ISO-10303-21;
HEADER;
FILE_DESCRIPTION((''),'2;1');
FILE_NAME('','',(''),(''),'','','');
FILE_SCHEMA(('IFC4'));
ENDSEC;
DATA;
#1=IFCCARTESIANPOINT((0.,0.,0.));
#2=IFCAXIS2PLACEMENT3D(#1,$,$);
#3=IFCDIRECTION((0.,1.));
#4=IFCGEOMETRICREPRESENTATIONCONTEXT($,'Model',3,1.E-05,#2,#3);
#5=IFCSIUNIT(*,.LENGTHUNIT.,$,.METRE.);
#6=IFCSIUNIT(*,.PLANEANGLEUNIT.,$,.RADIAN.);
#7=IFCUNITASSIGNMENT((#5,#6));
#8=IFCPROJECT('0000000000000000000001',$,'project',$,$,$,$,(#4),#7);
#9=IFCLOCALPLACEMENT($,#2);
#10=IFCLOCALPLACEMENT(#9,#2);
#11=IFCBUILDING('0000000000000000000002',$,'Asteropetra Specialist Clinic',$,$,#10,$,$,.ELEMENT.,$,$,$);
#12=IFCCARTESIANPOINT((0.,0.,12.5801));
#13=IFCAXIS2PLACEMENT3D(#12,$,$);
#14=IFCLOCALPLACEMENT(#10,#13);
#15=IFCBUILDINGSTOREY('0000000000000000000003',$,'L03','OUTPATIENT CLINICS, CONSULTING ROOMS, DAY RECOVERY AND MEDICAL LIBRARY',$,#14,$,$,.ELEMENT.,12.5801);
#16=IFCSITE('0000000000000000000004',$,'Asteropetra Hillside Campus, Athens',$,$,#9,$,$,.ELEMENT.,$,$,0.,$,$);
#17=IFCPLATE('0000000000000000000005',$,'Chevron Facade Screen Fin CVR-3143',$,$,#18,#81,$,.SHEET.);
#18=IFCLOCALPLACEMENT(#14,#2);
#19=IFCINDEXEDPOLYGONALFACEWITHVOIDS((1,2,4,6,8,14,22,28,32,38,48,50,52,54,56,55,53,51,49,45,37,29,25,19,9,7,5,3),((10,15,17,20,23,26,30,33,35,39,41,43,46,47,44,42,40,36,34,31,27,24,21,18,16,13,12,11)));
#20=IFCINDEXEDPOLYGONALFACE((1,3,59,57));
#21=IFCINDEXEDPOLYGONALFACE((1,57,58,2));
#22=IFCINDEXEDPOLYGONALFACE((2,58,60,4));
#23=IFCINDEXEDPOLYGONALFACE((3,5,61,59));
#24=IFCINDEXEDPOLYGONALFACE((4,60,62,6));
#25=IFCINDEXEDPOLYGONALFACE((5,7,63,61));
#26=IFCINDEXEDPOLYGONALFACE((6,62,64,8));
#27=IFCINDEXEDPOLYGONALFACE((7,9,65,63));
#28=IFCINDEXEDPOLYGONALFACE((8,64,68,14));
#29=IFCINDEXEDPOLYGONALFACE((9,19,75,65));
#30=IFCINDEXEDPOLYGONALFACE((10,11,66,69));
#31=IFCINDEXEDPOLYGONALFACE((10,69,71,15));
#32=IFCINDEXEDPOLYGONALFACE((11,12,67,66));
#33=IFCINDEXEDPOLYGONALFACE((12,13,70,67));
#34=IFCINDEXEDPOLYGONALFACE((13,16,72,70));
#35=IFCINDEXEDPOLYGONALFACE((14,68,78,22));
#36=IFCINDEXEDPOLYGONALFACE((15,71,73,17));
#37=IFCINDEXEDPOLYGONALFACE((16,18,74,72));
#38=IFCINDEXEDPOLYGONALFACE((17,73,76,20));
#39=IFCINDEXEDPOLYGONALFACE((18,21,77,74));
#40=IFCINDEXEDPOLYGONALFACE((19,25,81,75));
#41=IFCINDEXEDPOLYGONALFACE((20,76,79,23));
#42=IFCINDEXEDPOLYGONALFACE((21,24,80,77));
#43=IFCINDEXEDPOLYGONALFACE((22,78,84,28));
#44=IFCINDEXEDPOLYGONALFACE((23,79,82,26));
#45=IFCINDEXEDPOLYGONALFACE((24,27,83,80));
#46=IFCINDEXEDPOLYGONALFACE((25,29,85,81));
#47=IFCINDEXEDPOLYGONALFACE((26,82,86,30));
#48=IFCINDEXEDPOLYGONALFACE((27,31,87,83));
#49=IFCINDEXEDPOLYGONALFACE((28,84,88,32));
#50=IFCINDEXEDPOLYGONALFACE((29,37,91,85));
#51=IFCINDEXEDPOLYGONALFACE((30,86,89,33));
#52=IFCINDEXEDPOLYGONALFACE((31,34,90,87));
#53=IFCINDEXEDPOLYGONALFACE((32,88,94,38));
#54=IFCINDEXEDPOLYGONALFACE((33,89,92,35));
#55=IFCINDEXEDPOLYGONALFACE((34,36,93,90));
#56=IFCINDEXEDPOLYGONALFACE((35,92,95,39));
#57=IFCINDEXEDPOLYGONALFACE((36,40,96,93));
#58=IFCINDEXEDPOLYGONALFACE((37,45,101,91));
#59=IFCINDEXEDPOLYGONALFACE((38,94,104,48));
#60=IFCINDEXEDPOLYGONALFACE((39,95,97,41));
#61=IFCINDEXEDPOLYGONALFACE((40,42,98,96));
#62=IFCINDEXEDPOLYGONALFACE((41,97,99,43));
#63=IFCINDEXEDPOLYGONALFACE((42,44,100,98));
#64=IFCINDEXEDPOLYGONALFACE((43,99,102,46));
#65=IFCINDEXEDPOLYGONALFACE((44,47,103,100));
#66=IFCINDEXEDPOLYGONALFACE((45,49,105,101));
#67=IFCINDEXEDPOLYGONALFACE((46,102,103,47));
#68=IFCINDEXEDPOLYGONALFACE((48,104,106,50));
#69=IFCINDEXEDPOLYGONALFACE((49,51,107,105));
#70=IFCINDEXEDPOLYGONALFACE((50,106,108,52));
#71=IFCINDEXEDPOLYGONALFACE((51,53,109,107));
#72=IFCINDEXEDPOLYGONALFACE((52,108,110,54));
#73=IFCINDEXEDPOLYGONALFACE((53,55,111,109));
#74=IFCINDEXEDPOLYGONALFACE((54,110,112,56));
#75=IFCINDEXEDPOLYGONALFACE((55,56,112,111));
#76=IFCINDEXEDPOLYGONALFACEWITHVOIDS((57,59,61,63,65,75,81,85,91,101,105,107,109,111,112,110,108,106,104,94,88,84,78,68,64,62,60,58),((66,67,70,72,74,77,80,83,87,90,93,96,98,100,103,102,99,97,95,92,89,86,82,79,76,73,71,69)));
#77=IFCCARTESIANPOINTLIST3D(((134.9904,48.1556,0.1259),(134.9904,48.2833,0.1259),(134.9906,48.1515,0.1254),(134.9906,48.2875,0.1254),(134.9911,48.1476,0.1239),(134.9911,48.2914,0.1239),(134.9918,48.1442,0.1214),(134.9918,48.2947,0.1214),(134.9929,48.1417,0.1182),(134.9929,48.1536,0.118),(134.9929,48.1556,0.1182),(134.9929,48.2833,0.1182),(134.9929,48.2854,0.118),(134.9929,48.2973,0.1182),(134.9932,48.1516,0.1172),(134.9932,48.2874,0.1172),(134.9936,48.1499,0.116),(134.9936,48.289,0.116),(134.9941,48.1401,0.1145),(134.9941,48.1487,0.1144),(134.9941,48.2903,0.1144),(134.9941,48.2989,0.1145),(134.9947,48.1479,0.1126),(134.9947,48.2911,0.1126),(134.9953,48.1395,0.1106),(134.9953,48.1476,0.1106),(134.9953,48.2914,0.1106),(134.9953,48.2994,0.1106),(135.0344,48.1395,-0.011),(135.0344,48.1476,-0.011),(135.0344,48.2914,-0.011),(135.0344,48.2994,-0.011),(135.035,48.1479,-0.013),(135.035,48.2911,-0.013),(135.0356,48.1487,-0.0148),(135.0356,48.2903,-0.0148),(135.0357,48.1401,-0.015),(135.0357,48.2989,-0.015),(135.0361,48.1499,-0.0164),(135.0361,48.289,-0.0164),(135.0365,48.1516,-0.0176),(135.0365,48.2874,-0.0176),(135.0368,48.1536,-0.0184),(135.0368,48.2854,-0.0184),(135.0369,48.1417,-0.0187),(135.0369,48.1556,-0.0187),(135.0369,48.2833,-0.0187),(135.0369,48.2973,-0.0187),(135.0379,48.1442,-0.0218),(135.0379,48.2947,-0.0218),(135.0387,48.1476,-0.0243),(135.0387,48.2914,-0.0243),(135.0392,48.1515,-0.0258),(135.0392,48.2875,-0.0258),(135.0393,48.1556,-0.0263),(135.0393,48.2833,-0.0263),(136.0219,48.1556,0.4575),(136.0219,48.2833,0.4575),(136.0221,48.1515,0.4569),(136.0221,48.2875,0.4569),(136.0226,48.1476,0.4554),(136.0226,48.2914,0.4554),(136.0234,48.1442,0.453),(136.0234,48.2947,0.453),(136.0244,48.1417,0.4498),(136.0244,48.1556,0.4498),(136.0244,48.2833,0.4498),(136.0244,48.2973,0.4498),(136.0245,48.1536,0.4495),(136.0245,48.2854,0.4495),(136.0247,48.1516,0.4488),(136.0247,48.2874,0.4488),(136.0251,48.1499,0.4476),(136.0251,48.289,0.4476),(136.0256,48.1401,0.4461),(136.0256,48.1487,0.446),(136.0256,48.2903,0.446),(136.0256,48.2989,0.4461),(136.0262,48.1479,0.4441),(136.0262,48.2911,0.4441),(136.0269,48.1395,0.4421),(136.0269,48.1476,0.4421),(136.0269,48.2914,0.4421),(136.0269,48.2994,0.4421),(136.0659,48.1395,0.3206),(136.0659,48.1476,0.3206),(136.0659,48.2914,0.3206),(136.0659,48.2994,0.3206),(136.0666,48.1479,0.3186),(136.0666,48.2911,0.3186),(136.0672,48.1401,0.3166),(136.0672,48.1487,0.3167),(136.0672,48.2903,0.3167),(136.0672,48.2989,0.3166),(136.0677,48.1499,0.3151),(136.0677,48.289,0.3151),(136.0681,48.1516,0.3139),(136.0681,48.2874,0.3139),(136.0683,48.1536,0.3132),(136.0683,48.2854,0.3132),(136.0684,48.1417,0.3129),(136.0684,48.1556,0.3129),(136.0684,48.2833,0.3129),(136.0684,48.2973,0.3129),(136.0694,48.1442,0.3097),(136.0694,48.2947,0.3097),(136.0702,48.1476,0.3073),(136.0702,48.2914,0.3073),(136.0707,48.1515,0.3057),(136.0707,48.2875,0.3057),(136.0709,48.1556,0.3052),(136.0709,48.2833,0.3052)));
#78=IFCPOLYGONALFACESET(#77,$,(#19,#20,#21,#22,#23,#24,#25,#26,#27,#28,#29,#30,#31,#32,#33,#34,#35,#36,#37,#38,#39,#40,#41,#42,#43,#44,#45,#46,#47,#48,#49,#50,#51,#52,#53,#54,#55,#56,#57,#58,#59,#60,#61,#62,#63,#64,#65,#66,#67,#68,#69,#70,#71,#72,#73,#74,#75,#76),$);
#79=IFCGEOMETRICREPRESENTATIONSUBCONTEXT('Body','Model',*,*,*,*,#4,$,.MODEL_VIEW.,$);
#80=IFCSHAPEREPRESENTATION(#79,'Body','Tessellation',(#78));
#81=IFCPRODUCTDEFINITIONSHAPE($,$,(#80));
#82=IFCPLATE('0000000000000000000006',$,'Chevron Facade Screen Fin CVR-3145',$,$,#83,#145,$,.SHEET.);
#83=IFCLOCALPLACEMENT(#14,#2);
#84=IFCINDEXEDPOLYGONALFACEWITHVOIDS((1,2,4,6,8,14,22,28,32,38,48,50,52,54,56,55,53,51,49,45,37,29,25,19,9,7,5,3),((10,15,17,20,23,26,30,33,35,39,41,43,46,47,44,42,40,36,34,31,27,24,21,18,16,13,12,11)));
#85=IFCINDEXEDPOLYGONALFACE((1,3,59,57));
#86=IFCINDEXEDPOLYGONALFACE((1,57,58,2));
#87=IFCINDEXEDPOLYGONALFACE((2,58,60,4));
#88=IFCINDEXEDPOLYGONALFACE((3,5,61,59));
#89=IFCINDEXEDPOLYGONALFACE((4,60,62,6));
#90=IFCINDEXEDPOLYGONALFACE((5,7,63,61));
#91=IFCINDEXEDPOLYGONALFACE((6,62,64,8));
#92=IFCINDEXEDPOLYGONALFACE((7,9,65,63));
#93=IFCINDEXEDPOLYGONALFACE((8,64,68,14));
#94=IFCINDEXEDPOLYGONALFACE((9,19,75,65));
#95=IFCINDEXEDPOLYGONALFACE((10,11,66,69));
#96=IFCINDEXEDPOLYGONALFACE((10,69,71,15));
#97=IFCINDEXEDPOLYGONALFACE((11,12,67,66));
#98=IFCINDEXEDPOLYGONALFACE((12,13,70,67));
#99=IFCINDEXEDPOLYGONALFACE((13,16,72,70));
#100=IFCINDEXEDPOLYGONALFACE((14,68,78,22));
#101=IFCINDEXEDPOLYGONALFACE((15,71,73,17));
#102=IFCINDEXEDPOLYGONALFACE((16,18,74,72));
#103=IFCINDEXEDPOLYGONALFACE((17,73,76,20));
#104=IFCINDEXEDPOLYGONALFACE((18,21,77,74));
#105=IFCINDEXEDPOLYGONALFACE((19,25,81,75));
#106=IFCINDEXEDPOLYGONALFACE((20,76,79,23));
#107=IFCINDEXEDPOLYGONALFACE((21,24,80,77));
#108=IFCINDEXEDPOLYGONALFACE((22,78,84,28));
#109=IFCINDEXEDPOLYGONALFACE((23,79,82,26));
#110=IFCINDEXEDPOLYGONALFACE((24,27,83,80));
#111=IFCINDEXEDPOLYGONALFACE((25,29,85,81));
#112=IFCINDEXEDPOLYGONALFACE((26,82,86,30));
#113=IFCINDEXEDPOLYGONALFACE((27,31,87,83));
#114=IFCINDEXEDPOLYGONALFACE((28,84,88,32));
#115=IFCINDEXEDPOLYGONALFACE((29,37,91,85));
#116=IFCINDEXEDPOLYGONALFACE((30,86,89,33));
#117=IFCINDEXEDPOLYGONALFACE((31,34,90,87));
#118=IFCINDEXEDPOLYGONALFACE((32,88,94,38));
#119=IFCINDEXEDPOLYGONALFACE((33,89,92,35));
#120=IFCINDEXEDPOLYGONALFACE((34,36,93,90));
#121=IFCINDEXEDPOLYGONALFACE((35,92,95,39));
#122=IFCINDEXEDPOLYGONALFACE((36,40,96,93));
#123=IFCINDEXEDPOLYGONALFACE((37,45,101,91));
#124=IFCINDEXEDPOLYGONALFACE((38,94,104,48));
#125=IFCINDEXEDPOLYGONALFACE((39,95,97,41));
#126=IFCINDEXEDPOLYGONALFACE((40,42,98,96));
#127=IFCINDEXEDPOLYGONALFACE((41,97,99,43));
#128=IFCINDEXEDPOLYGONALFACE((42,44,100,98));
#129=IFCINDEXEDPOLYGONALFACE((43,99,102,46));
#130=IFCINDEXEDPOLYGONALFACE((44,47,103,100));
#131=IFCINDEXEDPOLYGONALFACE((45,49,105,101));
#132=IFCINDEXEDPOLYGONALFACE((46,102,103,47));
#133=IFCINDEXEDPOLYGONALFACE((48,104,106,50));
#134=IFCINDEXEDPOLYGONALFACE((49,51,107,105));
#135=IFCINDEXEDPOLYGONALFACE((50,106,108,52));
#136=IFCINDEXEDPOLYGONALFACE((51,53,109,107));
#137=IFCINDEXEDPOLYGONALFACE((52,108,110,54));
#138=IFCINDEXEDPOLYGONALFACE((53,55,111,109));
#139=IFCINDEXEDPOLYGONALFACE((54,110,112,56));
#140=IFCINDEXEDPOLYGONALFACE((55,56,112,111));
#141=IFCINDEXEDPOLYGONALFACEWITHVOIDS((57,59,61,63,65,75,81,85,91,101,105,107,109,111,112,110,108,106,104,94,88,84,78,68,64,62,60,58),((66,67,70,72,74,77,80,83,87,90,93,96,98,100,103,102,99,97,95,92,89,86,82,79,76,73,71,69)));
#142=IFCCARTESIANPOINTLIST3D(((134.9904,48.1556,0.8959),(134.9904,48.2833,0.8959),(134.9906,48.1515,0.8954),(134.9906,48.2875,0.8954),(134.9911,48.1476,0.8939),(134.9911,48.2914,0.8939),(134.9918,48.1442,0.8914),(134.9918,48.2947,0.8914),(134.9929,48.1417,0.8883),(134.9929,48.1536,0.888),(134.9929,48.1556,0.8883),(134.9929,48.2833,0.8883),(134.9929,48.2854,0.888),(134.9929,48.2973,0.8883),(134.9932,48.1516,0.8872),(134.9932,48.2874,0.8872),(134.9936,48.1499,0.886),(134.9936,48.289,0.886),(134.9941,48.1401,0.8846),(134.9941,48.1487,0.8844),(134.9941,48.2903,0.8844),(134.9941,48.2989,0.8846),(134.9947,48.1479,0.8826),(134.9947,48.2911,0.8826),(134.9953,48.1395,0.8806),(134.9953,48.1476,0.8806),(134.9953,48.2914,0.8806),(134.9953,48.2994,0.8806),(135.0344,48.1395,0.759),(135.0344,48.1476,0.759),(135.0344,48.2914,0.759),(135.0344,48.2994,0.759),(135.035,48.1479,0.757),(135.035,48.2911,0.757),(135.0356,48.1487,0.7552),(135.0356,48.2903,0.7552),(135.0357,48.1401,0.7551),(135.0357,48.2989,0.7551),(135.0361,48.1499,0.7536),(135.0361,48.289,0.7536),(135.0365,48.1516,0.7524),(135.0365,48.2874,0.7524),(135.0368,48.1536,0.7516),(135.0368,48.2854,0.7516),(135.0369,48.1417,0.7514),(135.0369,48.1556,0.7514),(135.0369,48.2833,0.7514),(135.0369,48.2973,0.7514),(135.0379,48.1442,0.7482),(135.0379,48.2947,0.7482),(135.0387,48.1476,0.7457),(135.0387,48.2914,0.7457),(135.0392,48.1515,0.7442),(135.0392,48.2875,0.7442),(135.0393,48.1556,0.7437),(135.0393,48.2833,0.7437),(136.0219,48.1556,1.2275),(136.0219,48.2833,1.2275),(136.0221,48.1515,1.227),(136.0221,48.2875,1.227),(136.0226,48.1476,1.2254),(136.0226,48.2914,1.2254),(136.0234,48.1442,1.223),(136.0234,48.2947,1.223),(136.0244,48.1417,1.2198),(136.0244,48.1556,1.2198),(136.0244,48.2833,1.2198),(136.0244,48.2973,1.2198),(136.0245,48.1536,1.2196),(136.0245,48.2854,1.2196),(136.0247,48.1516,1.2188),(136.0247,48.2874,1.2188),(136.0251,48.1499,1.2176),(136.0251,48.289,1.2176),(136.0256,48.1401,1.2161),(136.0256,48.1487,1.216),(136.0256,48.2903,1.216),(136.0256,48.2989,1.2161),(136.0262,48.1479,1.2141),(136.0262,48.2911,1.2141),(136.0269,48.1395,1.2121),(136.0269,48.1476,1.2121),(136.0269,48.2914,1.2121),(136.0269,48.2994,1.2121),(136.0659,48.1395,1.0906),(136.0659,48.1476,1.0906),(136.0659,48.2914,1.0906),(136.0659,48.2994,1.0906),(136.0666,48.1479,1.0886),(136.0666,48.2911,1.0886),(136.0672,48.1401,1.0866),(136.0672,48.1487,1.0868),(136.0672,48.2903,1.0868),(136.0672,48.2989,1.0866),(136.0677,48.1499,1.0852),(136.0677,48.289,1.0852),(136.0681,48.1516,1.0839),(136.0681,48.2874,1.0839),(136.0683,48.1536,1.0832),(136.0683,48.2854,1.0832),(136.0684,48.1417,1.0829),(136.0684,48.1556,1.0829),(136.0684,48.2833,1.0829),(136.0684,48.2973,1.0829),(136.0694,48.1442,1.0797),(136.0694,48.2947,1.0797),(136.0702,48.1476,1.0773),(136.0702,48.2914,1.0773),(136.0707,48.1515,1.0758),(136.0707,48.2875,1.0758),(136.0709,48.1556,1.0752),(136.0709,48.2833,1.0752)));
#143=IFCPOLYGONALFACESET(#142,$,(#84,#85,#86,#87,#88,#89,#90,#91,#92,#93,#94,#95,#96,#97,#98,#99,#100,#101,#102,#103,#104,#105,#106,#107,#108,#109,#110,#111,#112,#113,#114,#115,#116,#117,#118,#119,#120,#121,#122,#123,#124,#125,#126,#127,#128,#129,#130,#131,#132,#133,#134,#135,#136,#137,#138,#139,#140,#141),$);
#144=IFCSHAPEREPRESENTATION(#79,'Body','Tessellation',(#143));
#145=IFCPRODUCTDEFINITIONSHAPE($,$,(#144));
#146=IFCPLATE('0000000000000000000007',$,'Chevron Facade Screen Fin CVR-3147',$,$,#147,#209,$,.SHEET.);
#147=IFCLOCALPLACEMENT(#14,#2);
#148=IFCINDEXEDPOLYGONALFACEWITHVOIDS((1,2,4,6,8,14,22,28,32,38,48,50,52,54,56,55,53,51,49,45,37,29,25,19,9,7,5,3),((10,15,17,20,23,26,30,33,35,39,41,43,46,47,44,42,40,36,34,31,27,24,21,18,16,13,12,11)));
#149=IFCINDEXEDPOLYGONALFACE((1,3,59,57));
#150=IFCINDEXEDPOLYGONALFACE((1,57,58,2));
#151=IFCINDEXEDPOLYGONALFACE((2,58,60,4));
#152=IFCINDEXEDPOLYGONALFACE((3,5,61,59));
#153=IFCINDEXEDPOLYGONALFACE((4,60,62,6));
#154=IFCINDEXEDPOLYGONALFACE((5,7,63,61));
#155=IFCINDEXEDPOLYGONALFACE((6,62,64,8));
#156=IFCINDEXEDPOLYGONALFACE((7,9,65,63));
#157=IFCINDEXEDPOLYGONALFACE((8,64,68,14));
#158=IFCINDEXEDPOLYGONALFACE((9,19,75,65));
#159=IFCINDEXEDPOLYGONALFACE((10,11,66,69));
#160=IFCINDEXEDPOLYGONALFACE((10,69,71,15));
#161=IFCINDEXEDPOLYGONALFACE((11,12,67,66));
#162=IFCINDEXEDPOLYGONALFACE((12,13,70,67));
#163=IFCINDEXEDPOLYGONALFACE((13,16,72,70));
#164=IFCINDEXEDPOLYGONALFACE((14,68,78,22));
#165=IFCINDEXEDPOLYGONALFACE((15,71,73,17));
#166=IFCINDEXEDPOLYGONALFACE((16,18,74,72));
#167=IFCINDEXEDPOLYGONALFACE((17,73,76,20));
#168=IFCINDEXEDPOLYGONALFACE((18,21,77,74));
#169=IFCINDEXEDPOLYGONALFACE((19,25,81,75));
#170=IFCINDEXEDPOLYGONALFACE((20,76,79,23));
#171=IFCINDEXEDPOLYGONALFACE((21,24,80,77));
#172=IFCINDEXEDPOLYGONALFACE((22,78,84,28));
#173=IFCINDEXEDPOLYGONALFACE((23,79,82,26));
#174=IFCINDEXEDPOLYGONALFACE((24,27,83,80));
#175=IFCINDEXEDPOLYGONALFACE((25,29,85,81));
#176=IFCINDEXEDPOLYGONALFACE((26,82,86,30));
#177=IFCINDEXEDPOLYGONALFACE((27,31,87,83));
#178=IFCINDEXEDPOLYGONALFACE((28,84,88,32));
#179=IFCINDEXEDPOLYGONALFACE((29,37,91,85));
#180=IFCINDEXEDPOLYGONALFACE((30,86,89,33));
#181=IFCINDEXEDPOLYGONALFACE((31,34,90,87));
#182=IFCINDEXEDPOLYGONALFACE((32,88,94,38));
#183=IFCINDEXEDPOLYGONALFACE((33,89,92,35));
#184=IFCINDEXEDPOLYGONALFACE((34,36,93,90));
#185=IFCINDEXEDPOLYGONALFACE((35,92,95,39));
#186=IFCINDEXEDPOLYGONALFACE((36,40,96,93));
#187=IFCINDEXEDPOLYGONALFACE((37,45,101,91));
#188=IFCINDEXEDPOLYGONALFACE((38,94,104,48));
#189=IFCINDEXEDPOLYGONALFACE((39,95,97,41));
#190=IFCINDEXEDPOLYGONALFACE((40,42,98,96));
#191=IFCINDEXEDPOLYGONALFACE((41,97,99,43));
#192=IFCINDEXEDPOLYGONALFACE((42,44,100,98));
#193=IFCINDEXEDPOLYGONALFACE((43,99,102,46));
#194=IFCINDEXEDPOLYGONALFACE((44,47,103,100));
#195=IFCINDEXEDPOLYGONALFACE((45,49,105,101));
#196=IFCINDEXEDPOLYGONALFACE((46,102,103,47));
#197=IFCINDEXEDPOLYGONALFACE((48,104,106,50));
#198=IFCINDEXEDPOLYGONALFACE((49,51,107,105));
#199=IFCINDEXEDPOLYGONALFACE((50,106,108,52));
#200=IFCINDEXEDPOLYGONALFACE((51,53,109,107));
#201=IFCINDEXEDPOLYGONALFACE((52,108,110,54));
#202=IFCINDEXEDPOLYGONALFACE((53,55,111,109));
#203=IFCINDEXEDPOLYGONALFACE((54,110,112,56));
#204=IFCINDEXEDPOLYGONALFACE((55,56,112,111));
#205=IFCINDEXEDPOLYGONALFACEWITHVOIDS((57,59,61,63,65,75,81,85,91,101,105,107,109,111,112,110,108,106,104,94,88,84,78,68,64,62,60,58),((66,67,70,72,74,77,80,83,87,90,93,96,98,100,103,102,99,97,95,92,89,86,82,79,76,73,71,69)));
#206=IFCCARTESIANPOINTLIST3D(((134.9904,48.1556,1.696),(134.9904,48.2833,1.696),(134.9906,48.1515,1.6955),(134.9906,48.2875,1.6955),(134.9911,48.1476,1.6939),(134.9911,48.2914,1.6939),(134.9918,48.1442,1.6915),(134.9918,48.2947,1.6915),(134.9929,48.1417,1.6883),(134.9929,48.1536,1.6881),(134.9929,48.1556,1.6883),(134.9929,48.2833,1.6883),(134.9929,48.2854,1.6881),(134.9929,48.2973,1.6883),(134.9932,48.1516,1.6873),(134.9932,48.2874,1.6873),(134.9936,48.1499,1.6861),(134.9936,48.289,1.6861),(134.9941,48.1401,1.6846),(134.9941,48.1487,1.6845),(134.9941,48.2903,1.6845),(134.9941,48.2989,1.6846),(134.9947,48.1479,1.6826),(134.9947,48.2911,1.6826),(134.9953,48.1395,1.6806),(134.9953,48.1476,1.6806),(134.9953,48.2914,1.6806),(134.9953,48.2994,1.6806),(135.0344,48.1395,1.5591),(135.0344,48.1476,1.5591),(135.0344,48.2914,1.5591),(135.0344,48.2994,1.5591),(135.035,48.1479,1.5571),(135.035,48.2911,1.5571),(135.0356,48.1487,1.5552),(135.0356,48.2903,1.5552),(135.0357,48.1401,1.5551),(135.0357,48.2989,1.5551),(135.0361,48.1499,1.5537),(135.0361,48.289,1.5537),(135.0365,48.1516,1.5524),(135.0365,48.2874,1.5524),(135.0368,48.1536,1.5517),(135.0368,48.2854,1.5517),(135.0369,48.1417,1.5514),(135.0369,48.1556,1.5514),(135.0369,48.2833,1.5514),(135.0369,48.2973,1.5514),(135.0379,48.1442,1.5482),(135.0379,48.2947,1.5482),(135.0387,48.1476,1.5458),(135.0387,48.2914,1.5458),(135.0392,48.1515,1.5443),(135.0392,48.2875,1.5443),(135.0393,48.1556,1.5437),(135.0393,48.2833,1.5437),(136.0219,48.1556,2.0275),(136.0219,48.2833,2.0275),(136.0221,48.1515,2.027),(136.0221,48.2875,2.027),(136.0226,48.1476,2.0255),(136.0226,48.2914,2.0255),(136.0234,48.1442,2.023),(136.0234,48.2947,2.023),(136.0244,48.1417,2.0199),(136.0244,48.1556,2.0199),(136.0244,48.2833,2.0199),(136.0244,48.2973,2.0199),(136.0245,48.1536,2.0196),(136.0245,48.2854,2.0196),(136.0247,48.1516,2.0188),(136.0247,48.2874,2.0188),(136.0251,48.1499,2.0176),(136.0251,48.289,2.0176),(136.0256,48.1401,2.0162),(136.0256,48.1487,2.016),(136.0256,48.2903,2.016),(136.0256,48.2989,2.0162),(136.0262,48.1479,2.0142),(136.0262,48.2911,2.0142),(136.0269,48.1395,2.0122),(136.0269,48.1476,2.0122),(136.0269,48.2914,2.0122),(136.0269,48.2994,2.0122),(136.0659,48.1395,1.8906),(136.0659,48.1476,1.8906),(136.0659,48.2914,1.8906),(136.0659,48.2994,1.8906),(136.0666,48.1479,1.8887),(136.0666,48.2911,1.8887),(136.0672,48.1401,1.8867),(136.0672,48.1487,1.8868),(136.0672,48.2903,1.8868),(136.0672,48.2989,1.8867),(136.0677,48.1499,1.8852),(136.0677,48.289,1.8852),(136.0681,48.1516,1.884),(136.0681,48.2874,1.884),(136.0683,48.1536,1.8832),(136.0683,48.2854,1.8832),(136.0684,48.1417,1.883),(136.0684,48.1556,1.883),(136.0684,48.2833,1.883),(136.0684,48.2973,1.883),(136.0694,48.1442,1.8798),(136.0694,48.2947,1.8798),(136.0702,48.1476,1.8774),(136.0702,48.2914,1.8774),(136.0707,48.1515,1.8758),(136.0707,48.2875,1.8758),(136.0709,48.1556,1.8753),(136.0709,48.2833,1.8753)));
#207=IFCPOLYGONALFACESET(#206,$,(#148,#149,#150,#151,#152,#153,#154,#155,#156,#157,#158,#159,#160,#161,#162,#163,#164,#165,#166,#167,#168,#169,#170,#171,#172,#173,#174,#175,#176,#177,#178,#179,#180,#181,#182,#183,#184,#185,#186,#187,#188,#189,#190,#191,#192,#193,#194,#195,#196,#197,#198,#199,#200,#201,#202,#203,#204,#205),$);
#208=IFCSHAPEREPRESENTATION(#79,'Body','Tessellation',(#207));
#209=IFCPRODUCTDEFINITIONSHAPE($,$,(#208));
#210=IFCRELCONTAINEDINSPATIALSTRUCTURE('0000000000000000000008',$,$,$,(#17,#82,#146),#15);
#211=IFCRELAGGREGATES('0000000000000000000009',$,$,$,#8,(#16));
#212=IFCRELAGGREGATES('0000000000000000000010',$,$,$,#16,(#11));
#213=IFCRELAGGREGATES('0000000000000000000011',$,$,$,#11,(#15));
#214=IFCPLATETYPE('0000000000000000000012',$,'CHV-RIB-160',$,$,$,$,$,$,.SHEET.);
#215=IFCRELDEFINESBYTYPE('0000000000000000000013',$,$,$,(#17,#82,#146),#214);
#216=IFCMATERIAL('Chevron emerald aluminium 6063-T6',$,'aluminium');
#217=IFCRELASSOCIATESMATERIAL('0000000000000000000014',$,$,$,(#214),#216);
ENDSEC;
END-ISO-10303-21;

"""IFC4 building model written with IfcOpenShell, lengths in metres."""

from ifc_helpers import new_model, si_unit, direction, frame, origin, origin_2d, place, context, subcontext, project, spatial, hollow_rectangle, extrude, material, material_profile, profile_set, type_object, element, save


model = new_model("IFC4")

# Units and contexts
model_context = context("Model", 3, precision=1e-05, world=origin(), true_north=direction((0.0, 1.0)))
body_context = subcontext(model_context, "Body", "Model", "MODEL_VIEW")
ifc_project = project(units=[si_unit("LENGTHUNIT", "METRE"), si_unit("PLANEANGLEUNIT", "RADIAN")], contexts=[model_context])

# Site, building, storey
site_placement = place(None, origin())
site = spatial("IfcSite", under=ifc_project, at=site_placement, Name="Asteropetra Hillside Campus, Athens", CompositionType="ELEMENT", RefElevation=0.0)
building_placement = place(site_placement, origin())
building = spatial("IfcBuilding", under=site, at=building_placement, Name="Asteropetra Specialist Clinic", CompositionType="ELEMENT")
storey_placement = place(building_placement, frame((0.0, 0.0, 12.5801)))
storey = spatial("IfcBuildingStorey", under=building, at=storey_placement, Name="L03", Description="OUTPATIENT CLINICS, CONSULTING ROOMS, DAY RECOVERY AND MEDICAL LIBRARY", CompositionType="ELEMENT", Elevation=12.5801)

# Plates
ifc_material_1 = material(Name="Chevron emerald aluminium 6063-T6", Category="aluminium")
ifc_material_profile_1 = material_profile(ifc_material_1, hollow_rectangle(XDim=0.1599, YDim=0.1599, WallThickness=0.0081, InnerFilletRadius=0.0081, OuterFilletRadius=0.0161, at=origin_2d()), Name="SHS 160x160x8.0")
ifc_profile_set_1 = profile_set([ifc_material_profile_1], Name="Chevron emerald aluminium 6063-T6")
plate_type = type_object("IfcPlateType", Name="CHV-RIB-160", PredefinedType="SHEET", material=ifc_profile_set_1)
for number, where, z_axis, x_axis, name in (
    (1, (136.0464, 48.2195, 0.3813), (-0.952031, 0.0, -0.306002), (0.0, -1.0, 0.0), "Chevron Facade Screen Fin CVR-3143"),
    (2, (136.0464, 48.2195, 1.1514), (-0.952031, 0.0, -0.306002), (0.0, -1.0, 0.0), "Chevron Facade Screen Fin CVR-3145"),
    (3, (136.0464, 48.2195, 1.9514), (-0.952031, 0.0, -0.306002), (0.0, -1.0, 0.0), "Chevron Facade Screen Fin CVR-3147"),
):
    element("IfcPlate", number, at=place(storey_placement, frame(where, z_axis=z_axis, x_axis=x_axis)), inside=storey, type_object=plate_type, Name=name, PredefinedType="SHEET", context=body_context, shape_type="SweptSolid", body=[
        extrude(hollow_rectangle(XDim=0.1599, YDim=0.1599, WallThickness=0.0081, InnerFilletRadius=0.0081, OuterFilletRadius=0.0161, at=origin_2d()), origin(), (0.0, 0.0, 1.0), 1.0835),
    ])

save(model, "model.ifc")
